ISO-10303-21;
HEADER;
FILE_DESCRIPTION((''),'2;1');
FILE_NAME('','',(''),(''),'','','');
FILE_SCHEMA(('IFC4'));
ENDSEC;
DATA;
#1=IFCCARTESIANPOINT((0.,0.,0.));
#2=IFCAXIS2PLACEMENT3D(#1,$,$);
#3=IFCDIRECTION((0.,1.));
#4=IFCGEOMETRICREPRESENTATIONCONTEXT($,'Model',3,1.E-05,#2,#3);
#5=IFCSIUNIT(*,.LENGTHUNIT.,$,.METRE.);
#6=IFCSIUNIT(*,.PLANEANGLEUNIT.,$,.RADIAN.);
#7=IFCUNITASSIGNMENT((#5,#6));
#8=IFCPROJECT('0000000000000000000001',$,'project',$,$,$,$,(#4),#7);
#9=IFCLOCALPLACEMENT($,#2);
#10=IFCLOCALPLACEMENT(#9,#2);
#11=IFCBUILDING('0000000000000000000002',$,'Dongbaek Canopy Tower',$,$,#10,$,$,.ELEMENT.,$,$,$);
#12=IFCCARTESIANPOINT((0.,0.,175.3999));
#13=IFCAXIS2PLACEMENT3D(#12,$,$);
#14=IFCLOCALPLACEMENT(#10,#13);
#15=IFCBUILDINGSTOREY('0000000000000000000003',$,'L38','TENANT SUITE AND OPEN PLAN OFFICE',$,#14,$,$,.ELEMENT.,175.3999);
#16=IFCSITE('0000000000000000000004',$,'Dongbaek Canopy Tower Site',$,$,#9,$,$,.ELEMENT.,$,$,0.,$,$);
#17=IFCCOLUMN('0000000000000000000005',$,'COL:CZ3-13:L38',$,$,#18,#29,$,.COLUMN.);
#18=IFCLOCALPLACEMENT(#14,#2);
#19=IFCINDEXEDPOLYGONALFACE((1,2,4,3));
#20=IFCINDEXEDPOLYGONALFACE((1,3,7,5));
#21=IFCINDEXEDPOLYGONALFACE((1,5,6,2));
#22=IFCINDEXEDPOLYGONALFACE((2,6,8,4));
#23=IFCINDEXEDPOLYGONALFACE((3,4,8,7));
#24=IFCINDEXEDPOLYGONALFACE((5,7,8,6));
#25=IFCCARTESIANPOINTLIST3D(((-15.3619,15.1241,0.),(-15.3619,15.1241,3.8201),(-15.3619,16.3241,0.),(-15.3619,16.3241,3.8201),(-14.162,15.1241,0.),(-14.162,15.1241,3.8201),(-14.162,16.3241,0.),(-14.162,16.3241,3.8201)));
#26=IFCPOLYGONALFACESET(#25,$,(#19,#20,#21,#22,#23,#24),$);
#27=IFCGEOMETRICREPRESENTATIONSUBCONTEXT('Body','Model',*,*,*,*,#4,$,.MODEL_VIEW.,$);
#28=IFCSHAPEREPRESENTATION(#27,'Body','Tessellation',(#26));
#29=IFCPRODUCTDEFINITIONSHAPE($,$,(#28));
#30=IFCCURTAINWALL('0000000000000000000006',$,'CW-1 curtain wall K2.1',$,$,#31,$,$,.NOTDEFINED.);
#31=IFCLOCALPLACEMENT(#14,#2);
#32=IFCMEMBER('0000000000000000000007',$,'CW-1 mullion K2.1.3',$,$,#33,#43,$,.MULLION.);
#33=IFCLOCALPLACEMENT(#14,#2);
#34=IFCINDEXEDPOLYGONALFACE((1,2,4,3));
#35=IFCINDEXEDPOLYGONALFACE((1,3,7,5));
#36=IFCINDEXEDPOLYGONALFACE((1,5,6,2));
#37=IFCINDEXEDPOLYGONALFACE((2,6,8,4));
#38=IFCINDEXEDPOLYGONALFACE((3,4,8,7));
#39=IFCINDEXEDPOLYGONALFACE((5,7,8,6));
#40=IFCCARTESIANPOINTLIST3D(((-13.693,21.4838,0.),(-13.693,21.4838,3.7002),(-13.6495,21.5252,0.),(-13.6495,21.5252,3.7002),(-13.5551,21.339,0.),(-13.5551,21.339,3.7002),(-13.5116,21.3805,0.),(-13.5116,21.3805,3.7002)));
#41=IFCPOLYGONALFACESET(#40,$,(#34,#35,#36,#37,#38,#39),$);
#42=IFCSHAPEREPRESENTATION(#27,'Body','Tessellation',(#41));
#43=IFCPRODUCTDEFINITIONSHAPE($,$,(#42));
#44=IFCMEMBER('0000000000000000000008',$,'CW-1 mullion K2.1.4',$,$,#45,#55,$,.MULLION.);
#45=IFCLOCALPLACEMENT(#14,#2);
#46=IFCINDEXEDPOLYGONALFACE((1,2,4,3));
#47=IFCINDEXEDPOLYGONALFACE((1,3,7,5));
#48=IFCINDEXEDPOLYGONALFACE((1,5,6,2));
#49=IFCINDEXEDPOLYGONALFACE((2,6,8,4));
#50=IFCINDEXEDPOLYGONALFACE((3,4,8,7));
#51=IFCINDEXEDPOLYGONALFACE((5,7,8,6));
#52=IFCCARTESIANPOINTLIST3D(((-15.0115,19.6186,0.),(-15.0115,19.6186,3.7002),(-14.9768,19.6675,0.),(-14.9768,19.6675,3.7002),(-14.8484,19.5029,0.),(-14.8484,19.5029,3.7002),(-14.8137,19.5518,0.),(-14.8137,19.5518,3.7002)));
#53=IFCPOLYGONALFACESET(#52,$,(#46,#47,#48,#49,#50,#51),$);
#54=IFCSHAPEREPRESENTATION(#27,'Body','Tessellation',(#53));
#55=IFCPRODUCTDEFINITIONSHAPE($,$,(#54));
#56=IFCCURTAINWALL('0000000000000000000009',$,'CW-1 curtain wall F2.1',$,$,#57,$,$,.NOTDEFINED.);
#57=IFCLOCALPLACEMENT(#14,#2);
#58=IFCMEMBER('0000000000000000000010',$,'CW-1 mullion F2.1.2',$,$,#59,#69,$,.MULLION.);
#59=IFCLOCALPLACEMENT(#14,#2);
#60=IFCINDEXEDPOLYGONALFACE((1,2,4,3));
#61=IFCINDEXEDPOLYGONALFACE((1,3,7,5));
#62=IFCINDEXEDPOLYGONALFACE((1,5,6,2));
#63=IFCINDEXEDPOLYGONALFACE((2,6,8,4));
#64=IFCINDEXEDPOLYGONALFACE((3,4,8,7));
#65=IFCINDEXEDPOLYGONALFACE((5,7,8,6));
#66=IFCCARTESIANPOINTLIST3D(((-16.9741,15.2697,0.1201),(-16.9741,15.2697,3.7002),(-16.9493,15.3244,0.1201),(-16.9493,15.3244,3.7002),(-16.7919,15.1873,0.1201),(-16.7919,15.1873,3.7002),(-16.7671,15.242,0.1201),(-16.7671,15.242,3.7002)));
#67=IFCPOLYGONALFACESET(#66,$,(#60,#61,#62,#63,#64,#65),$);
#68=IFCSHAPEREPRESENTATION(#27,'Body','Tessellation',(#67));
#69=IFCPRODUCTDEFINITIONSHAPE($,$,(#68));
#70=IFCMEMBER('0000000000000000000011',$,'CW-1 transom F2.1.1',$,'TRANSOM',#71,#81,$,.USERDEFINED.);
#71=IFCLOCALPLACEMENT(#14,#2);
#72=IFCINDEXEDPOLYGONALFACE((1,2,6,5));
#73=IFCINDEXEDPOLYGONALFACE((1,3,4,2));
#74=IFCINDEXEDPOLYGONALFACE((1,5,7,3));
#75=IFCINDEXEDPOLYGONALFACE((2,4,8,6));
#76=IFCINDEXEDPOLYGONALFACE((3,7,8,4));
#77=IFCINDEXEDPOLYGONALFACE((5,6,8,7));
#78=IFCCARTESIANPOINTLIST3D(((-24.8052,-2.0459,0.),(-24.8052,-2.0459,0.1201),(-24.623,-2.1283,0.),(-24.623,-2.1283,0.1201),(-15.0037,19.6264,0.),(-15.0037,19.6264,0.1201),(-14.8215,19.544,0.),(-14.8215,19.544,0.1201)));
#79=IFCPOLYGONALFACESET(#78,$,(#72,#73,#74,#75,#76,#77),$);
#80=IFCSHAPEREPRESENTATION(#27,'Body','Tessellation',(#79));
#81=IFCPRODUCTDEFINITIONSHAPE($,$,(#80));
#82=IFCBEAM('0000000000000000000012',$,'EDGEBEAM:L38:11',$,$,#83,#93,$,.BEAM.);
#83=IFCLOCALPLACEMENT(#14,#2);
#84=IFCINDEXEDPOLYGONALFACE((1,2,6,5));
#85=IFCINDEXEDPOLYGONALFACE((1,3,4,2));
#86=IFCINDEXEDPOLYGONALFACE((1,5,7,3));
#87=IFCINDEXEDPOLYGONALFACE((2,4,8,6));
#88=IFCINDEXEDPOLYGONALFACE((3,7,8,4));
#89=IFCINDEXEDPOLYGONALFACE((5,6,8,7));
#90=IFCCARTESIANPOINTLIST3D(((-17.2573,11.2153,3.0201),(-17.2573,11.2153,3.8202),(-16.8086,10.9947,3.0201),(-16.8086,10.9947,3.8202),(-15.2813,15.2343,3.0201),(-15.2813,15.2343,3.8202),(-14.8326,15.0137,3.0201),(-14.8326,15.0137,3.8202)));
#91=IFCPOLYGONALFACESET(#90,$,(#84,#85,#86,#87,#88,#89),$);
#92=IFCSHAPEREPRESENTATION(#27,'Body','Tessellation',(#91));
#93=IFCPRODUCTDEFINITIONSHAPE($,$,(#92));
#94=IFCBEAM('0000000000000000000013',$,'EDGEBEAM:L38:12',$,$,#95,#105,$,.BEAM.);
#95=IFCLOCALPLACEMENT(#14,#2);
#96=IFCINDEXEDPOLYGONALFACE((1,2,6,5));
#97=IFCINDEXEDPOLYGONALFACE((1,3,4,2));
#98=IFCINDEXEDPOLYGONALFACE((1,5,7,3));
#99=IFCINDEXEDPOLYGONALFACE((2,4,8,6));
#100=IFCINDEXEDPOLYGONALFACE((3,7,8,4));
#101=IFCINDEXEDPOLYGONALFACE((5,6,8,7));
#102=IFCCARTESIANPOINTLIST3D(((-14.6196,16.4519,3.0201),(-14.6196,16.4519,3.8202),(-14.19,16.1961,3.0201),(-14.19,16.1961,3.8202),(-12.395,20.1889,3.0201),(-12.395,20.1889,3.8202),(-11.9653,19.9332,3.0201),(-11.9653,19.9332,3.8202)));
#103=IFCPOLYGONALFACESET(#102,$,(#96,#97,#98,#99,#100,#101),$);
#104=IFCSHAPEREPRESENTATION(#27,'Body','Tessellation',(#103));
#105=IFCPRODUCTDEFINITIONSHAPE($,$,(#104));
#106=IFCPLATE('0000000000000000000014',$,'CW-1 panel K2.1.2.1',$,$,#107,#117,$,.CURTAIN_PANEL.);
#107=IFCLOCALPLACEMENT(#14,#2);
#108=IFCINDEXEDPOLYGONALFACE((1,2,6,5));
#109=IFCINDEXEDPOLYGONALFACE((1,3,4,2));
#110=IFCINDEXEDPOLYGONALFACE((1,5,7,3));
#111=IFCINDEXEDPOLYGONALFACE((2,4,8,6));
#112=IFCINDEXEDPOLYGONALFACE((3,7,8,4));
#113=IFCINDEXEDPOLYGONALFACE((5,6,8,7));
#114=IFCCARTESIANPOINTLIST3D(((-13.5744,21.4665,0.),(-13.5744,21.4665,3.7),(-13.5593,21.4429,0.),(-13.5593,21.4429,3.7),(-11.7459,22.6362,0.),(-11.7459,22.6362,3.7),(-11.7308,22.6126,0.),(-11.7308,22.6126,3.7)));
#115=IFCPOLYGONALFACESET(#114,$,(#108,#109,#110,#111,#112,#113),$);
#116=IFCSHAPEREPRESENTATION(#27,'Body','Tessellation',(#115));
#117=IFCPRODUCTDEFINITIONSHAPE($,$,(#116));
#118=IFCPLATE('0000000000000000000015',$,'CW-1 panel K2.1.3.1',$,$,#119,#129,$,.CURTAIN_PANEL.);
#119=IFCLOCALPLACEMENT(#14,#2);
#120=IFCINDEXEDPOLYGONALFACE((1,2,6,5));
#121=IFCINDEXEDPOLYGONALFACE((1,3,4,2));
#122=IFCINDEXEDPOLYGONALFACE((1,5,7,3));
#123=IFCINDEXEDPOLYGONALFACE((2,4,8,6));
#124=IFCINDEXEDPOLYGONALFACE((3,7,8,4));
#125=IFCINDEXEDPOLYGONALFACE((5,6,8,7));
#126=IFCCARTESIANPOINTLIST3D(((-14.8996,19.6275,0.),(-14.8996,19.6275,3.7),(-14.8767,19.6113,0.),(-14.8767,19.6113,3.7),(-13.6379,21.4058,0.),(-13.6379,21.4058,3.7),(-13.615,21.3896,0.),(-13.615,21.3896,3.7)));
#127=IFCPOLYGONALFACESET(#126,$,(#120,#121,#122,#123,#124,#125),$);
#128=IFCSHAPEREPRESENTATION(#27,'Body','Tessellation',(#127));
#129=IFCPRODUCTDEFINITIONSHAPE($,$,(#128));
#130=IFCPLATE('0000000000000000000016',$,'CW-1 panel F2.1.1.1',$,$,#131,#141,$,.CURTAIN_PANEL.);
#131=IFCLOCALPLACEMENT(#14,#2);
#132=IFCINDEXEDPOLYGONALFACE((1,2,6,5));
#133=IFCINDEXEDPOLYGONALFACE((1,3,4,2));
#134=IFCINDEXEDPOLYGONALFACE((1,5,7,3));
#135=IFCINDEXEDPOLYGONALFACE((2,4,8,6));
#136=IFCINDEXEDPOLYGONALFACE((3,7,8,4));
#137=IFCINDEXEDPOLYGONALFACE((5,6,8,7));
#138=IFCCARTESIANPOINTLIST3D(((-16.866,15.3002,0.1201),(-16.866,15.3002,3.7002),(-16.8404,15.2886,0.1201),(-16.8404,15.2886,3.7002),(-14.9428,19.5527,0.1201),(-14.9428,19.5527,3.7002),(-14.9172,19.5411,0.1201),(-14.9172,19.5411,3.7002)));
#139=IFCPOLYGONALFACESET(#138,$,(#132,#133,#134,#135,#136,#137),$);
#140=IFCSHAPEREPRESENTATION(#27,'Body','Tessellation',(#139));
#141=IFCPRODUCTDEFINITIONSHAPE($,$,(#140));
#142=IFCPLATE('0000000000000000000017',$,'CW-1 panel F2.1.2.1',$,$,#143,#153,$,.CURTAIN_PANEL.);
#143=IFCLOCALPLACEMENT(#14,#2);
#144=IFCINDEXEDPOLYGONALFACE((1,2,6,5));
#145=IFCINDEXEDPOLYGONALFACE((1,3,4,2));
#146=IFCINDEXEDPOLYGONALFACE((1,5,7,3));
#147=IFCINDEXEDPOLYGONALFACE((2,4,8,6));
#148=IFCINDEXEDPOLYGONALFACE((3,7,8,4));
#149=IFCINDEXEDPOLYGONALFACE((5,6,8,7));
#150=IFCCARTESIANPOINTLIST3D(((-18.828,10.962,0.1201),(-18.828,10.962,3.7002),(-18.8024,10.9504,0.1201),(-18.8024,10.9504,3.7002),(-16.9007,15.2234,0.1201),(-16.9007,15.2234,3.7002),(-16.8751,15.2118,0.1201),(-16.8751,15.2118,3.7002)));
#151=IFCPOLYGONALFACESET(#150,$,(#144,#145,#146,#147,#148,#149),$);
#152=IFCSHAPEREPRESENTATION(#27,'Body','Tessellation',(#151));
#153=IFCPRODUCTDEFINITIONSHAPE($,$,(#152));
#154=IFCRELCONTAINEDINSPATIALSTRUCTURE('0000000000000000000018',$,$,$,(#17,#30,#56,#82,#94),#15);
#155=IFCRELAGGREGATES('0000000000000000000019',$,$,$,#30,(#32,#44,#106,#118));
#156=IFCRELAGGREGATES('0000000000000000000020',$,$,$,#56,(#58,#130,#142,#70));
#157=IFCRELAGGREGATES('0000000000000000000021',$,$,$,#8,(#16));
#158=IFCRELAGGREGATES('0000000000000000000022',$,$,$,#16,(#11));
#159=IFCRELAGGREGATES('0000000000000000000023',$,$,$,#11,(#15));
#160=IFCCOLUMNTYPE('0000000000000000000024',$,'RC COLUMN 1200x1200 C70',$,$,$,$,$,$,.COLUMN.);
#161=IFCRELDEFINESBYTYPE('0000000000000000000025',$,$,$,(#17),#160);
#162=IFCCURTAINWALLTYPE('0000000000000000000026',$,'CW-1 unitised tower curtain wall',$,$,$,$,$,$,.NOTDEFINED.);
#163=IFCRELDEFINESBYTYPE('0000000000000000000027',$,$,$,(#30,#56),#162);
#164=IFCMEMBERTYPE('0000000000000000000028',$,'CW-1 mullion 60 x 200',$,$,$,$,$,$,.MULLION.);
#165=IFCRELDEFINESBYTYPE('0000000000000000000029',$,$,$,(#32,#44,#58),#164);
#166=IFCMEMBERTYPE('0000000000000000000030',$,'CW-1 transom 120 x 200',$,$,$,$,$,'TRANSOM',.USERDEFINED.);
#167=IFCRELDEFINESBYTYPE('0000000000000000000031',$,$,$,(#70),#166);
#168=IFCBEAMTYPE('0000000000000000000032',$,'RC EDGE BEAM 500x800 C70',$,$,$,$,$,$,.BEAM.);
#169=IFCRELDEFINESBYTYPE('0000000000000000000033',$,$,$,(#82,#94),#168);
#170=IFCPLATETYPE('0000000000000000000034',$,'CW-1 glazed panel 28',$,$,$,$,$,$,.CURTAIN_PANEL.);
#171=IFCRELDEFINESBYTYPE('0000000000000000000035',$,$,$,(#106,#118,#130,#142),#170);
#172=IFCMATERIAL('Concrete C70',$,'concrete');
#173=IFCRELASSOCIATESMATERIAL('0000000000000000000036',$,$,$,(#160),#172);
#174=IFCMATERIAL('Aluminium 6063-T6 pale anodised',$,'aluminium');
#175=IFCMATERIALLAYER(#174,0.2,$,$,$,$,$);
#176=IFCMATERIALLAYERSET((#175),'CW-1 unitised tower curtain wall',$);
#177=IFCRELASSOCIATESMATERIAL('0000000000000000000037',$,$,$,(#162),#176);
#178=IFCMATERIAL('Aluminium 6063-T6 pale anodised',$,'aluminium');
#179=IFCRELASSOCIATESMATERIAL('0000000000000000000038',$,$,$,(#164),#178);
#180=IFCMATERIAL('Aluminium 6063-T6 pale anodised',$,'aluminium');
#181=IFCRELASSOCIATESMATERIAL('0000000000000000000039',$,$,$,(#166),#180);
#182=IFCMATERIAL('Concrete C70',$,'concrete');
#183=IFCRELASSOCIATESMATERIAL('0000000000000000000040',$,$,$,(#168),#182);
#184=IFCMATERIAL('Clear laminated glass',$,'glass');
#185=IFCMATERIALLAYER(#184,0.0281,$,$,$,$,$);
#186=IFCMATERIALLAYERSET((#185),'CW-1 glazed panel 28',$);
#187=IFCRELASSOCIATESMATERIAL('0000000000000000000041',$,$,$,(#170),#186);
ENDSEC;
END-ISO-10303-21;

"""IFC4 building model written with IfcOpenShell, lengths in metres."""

from ifc_helpers import new_model, si_unit, direction, frame, origin, origin_2d, place, context, subcontext, project, spatial, rectangle, extrude, material, layer, layer_set, material_profile, profile_set, type_object, element, aggregate, save


model = new_model("IFC4")

# Units and contexts
model_context = context("Model", 3, precision=1e-05, world=origin(), true_north=direction((0.0, 1.0)))
body_context = subcontext(model_context, "Body", "Model", "MODEL_VIEW")
ifc_project = project(units=[si_unit("LENGTHUNIT", "METRE"), si_unit("PLANEANGLEUNIT", "RADIAN")], contexts=[model_context])

# Site, building, storey
site_placement = place(None, origin())
site = spatial("IfcSite", under=ifc_project, at=site_placement, Name="Dongbaek Canopy Tower Site", CompositionType="ELEMENT", RefElevation=0.0)
building_placement = place(site_placement, origin())
building = spatial("IfcBuilding", under=site, at=building_placement, Name="Dongbaek Canopy Tower", CompositionType="ELEMENT")
storey_placement = place(building_placement, frame((0.0, 0.0, 175.3999)))
storey = spatial("IfcBuildingStorey", under=building, at=storey_placement, Name="L38", Description="TENANT SUITE AND OPEN PLAN OFFICE", CompositionType="ELEMENT", Elevation=175.3999)

# Column
ifc_material_1 = material(Name="Concrete C70", Category="concrete")
ifc_material_profile_1 = material_profile(ifc_material_1, rectangle(XDim=1.2, YDim=1.2, at=origin_2d()), Name="RC COLUMN 1200x1200 C70")
ifc_profile_set_1 = profile_set([ifc_material_profile_1], Name="Concrete C70")
column_type = type_object("IfcColumnType", Name="RC COLUMN 1200x1200 C70", PredefinedType="COLUMN", material=ifc_profile_set_1)
column_placement = place(storey_placement, frame((-14.762, 15.7241, 0.0), z_axis=(0.0, 0.0, 1.0), x_axis=(1.0, 0.0, 0.0)))
element("IfcColumn", 1, at=column_placement, inside=storey, type_object=column_type, Name="COL:CZ3-13:L38", PredefinedType="COLUMN", context=body_context, shape_type="SweptSolid", body=[
    extrude(rectangle(XDim=1.2, YDim=1.2, at=origin_2d()), origin(), (0.0, 0.0, 1.0), 3.8201),
])

# Curtain walls, members
ifc_material_2 = material(Name="Aluminium 6063-T6 pale anodised", Category="aluminium")
ifc_layer_1 = layer(ifc_material_2, 0.2)
ifc_layer_set_1 = layer_set([ifc_layer_1], Name="CW-1 unitised tower curtain wall")
curtain_wall_type = type_object("IfcCurtainWallType", Name="CW-1 unitised tower curtain wall", PredefinedType="NOTDEFINED", material=ifc_layer_set_1)
curtain_wall_1_placement = place(storey_placement, origin())
curtain_wall_1 = element("IfcCurtainWall", 2, at=curtain_wall_1_placement, inside=storey, type_object=curtain_wall_type, Name="CW-1 curtain wall K2.1", PredefinedType="NOTDEFINED")
ifc_material_3 = material(Name="Aluminium 6063-T6 pale anodised", Category="aluminium")
ifc_material_profile_2 = material_profile(ifc_material_3, rectangle(XDim=0.2, YDim=0.0601, at=origin_2d()), Name="CW-1 mullion 60 x 200")
ifc_profile_set_2 = profile_set([ifc_material_profile_2], Name="Aluminium 6063-T6 pale anodised")
member_type_1 = type_object("IfcMemberType", Name="CW-1 mullion 60 x 200", PredefinedType="MULLION", material=ifc_profile_set_2)
member_1_placement = place(storey_placement, frame((-13.6023, 21.4321, 0.0), z_axis=(0.0, 0.0, 1.0), x_axis=(-0.689953, 0.723854, 0.0)))
member_1 = element("IfcMember", 3, at=member_1_placement, type_object=member_type_1, Name="CW-1 mullion K2.1.3", PredefinedType="MULLION", context=body_context, shape_type="SweptSolid", body=[
    extrude(rectangle(XDim=0.2, YDim=0.0601, at=origin_2d()), origin(), (0.0, 0.0, 1.0), 3.7002),
])
member_2_placement = place(storey_placement, frame((-14.9126, 19.5852, 0.0), z_axis=(0.0, 0.0, 1.0), x_axis=(-0.815587, 0.578635, 0.0)))
member_2 = element("IfcMember", 4, at=member_2_placement, type_object=member_type_1, Name="CW-1 mullion K2.1.4", PredefinedType="MULLION", context=body_context, shape_type="SweptSolid", body=[
    extrude(rectangle(XDim=0.2, YDim=0.0601, at=origin_2d()), origin(), (0.0, 0.0, 1.0), 3.7002),
])
curtain_wall_2_placement = place(storey_placement, origin())
curtain_wall_2 = element("IfcCurtainWall", 5, at=curtain_wall_2_placement, inside=storey, type_object=curtain_wall_type, Name="CW-1 curtain wall F2.1", PredefinedType="NOTDEFINED")
member_3_placement = place(storey_placement, frame((-16.8706, 15.2559, 0.1201), z_axis=(0.0, 0.0, 1.0), x_axis=(-0.911148, 0.41208, 0.0)))
member_3 = element("IfcMember", 6, at=member_3_placement, type_object=member_type_1, Name="CW-1 mullion F2.1.2", PredefinedType="MULLION", context=body_context, shape_type="SweptSolid", body=[
    extrude(rectangle(XDim=0.2, YDim=0.0601, at=origin_2d()), origin(), (0.0, 0.0, 1.0), 3.5801),
])
ifc_material_4 = material(Name="Aluminium 6063-T6 pale anodised", Category="aluminium")
ifc_material_profile_3 = material_profile(ifc_material_4, rectangle(XDim=0.2, YDim=0.1201, at=origin_2d()), Name="CW-1 transom 120 x 200")
ifc_profile_set_3 = profile_set([ifc_material_profile_3], Name="Aluminium 6063-T6 pale anodised")
member_type_2 = type_object("IfcMemberType", Name="CW-1 transom 120 x 200", ElementType="TRANSOM", PredefinedType="USERDEFINED", material=ifc_profile_set_3)
member_4_placement = place(storey_placement, frame((-14.9126, 19.5852, 0.0601), z_axis=(-0.412075, -0.91115, 0.0), x_axis=(0.91115, -0.412075, 0.0)))
member_4 = element("IfcMember", 7, at=member_4_placement, type_object=member_type_2, Name="CW-1 transom F2.1.1", ObjectType="TRANSOM", PredefinedType="USERDEFINED", context=body_context, shape_type="SweptSolid", body=[
    extrude(rectangle(XDim=0.2, YDim=0.1201, at=origin_2d()), origin(), (0.0, 0.0, 1.0), 23.7856),
])

# Beams
ifc_material_5 = material(Name="Concrete C70", Category="concrete")
ifc_material_profile_4 = material_profile(ifc_material_5, rectangle(XDim=0.5, YDim=0.8, at=origin_2d()), Name="RC EDGE BEAM 500x800 C70")
ifc_profile_set_4 = profile_set([ifc_material_profile_4], Name="Concrete C70")
beam_type = type_object("IfcBeamType", Name="RC EDGE BEAM 500x800 C70", PredefinedType="BEAM", material=ifc_profile_set_4)
beam_1_placement = place(storey_placement, frame((-17.033, 11.105, 3.4202), z_axis=(0.441229, 0.897395, 0.0), x_axis=(-0.897395, 0.441229, 0.0)))
element("IfcBeam", 8, at=beam_1_placement, inside=storey, type_object=beam_type, Name="EDGEBEAM:L38:11", PredefinedType="BEAM", context=body_context, shape_type="SweptSolid", body=[
    extrude(rectangle(XDim=0.5, YDim=0.8, at=origin_2d()), origin(), (0.0, 0.0, 1.0), 4.4785),
])
beam_2_placement = place(storey_placement, frame((-14.4048, 16.324, 3.4202), z_axis=(0.511512, 0.859276, 0.0), x_axis=(-0.859276, 0.511512, 0.0)))
element("IfcBeam", 9, at=beam_2_placement, inside=storey, type_object=beam_type, Name="EDGEBEAM:L38:12", PredefinedType="BEAM", context=body_context, shape_type="SweptSolid", body=[
    extrude(rectangle(XDim=0.5, YDim=0.8, at=origin_2d()), origin(), (0.0, 0.0, 1.0), 4.3491),
])

# Plates
ifc_material_6 = material(Name="Clear laminated glass", Category="glass")
ifc_layer_2 = layer(ifc_material_6, 0.0281)
ifc_layer_set_2 = layer_set([ifc_layer_2], Name="CW-1 glazed panel 28")
plate_type = type_object("IfcPlateType", Name="CW-1 glazed panel 28", PredefinedType="CURTAIN_PANEL", material=ifc_layer_set_2)
plate_1_placement = place(storey_placement, frame((-12.6526, 22.0396, 0.0), z_axis=(0.0, 0.0, 1.0), x_axis=(-0.842383, -0.53888, 0.0)))
plate_1 = element("IfcPlate", 10, at=plate_1_placement, type_object=plate_type, Name="CW-1 panel K2.1.2.1", PredefinedType="CURTAIN_PANEL", context=body_context, shape_type="SweptSolid", body=[
    extrude(rectangle(XDim=2.1707, YDim=0.0281, at=origin_2d()), origin(), (0.0, 0.0, 1.0), 3.7),
])
plate_2_placement = place(storey_placement, frame((-14.2573, 20.5085, 0.0), z_axis=(0.0, 0.0, 1.0), x_axis=(-0.578635, -0.815587, 0.0)))
plate_2 = element("IfcPlate", 11, at=plate_2_placement, type_object=plate_type, Name="CW-1 panel K2.1.3.1", PredefinedType="CURTAIN_PANEL", context=body_context, shape_type="SweptSolid", body=[
    extrude(rectangle(XDim=2.1804, YDim=0.0281, at=origin_2d()), origin(), (0.0, 0.0, 1.0), 3.7),
])
aggregate(curtain_wall_1, [member_1, member_2, plate_1, plate_2])
plate_3_placement = place(storey_placement, frame((-15.8916, 17.4207, 0.1201), z_axis=(0.0, 0.0, 1.0), x_axis=(-0.41208, -0.911148, 0.0)))
plate_3 = element("IfcPlate", 12, at=plate_3_placement, type_object=plate_type, Name="CW-1 panel F2.1.1.1", PredefinedType="CURTAIN_PANEL", context=body_context, shape_type="SweptSolid", body=[
    extrude(rectangle(XDim=4.6672, YDim=0.0281, at=origin_2d()), origin(), (0.0, 0.0, 1.0), 3.5801),
])
plate_4_placement = place(storey_placement, frame((-17.8516, 13.0869, 0.1201), z_axis=(0.0, 0.0, 1.0), x_axis=(-0.41208, -0.911148, 0.0)))
plate_4 = element("IfcPlate", 13, at=plate_4_placement, type_object=plate_type, Name="CW-1 panel F2.1.2.1", PredefinedType="CURTAIN_PANEL", context=body_context, shape_type="SweptSolid", body=[
    extrude(rectangle(XDim=4.677, YDim=0.0281, at=origin_2d()), origin(), (0.0, 0.0, 1.0), 3.5801),
])

aggregate(curtain_wall_2, [member_3, plate_3, plate_4, member_4])

save(model, "model.ifc")
